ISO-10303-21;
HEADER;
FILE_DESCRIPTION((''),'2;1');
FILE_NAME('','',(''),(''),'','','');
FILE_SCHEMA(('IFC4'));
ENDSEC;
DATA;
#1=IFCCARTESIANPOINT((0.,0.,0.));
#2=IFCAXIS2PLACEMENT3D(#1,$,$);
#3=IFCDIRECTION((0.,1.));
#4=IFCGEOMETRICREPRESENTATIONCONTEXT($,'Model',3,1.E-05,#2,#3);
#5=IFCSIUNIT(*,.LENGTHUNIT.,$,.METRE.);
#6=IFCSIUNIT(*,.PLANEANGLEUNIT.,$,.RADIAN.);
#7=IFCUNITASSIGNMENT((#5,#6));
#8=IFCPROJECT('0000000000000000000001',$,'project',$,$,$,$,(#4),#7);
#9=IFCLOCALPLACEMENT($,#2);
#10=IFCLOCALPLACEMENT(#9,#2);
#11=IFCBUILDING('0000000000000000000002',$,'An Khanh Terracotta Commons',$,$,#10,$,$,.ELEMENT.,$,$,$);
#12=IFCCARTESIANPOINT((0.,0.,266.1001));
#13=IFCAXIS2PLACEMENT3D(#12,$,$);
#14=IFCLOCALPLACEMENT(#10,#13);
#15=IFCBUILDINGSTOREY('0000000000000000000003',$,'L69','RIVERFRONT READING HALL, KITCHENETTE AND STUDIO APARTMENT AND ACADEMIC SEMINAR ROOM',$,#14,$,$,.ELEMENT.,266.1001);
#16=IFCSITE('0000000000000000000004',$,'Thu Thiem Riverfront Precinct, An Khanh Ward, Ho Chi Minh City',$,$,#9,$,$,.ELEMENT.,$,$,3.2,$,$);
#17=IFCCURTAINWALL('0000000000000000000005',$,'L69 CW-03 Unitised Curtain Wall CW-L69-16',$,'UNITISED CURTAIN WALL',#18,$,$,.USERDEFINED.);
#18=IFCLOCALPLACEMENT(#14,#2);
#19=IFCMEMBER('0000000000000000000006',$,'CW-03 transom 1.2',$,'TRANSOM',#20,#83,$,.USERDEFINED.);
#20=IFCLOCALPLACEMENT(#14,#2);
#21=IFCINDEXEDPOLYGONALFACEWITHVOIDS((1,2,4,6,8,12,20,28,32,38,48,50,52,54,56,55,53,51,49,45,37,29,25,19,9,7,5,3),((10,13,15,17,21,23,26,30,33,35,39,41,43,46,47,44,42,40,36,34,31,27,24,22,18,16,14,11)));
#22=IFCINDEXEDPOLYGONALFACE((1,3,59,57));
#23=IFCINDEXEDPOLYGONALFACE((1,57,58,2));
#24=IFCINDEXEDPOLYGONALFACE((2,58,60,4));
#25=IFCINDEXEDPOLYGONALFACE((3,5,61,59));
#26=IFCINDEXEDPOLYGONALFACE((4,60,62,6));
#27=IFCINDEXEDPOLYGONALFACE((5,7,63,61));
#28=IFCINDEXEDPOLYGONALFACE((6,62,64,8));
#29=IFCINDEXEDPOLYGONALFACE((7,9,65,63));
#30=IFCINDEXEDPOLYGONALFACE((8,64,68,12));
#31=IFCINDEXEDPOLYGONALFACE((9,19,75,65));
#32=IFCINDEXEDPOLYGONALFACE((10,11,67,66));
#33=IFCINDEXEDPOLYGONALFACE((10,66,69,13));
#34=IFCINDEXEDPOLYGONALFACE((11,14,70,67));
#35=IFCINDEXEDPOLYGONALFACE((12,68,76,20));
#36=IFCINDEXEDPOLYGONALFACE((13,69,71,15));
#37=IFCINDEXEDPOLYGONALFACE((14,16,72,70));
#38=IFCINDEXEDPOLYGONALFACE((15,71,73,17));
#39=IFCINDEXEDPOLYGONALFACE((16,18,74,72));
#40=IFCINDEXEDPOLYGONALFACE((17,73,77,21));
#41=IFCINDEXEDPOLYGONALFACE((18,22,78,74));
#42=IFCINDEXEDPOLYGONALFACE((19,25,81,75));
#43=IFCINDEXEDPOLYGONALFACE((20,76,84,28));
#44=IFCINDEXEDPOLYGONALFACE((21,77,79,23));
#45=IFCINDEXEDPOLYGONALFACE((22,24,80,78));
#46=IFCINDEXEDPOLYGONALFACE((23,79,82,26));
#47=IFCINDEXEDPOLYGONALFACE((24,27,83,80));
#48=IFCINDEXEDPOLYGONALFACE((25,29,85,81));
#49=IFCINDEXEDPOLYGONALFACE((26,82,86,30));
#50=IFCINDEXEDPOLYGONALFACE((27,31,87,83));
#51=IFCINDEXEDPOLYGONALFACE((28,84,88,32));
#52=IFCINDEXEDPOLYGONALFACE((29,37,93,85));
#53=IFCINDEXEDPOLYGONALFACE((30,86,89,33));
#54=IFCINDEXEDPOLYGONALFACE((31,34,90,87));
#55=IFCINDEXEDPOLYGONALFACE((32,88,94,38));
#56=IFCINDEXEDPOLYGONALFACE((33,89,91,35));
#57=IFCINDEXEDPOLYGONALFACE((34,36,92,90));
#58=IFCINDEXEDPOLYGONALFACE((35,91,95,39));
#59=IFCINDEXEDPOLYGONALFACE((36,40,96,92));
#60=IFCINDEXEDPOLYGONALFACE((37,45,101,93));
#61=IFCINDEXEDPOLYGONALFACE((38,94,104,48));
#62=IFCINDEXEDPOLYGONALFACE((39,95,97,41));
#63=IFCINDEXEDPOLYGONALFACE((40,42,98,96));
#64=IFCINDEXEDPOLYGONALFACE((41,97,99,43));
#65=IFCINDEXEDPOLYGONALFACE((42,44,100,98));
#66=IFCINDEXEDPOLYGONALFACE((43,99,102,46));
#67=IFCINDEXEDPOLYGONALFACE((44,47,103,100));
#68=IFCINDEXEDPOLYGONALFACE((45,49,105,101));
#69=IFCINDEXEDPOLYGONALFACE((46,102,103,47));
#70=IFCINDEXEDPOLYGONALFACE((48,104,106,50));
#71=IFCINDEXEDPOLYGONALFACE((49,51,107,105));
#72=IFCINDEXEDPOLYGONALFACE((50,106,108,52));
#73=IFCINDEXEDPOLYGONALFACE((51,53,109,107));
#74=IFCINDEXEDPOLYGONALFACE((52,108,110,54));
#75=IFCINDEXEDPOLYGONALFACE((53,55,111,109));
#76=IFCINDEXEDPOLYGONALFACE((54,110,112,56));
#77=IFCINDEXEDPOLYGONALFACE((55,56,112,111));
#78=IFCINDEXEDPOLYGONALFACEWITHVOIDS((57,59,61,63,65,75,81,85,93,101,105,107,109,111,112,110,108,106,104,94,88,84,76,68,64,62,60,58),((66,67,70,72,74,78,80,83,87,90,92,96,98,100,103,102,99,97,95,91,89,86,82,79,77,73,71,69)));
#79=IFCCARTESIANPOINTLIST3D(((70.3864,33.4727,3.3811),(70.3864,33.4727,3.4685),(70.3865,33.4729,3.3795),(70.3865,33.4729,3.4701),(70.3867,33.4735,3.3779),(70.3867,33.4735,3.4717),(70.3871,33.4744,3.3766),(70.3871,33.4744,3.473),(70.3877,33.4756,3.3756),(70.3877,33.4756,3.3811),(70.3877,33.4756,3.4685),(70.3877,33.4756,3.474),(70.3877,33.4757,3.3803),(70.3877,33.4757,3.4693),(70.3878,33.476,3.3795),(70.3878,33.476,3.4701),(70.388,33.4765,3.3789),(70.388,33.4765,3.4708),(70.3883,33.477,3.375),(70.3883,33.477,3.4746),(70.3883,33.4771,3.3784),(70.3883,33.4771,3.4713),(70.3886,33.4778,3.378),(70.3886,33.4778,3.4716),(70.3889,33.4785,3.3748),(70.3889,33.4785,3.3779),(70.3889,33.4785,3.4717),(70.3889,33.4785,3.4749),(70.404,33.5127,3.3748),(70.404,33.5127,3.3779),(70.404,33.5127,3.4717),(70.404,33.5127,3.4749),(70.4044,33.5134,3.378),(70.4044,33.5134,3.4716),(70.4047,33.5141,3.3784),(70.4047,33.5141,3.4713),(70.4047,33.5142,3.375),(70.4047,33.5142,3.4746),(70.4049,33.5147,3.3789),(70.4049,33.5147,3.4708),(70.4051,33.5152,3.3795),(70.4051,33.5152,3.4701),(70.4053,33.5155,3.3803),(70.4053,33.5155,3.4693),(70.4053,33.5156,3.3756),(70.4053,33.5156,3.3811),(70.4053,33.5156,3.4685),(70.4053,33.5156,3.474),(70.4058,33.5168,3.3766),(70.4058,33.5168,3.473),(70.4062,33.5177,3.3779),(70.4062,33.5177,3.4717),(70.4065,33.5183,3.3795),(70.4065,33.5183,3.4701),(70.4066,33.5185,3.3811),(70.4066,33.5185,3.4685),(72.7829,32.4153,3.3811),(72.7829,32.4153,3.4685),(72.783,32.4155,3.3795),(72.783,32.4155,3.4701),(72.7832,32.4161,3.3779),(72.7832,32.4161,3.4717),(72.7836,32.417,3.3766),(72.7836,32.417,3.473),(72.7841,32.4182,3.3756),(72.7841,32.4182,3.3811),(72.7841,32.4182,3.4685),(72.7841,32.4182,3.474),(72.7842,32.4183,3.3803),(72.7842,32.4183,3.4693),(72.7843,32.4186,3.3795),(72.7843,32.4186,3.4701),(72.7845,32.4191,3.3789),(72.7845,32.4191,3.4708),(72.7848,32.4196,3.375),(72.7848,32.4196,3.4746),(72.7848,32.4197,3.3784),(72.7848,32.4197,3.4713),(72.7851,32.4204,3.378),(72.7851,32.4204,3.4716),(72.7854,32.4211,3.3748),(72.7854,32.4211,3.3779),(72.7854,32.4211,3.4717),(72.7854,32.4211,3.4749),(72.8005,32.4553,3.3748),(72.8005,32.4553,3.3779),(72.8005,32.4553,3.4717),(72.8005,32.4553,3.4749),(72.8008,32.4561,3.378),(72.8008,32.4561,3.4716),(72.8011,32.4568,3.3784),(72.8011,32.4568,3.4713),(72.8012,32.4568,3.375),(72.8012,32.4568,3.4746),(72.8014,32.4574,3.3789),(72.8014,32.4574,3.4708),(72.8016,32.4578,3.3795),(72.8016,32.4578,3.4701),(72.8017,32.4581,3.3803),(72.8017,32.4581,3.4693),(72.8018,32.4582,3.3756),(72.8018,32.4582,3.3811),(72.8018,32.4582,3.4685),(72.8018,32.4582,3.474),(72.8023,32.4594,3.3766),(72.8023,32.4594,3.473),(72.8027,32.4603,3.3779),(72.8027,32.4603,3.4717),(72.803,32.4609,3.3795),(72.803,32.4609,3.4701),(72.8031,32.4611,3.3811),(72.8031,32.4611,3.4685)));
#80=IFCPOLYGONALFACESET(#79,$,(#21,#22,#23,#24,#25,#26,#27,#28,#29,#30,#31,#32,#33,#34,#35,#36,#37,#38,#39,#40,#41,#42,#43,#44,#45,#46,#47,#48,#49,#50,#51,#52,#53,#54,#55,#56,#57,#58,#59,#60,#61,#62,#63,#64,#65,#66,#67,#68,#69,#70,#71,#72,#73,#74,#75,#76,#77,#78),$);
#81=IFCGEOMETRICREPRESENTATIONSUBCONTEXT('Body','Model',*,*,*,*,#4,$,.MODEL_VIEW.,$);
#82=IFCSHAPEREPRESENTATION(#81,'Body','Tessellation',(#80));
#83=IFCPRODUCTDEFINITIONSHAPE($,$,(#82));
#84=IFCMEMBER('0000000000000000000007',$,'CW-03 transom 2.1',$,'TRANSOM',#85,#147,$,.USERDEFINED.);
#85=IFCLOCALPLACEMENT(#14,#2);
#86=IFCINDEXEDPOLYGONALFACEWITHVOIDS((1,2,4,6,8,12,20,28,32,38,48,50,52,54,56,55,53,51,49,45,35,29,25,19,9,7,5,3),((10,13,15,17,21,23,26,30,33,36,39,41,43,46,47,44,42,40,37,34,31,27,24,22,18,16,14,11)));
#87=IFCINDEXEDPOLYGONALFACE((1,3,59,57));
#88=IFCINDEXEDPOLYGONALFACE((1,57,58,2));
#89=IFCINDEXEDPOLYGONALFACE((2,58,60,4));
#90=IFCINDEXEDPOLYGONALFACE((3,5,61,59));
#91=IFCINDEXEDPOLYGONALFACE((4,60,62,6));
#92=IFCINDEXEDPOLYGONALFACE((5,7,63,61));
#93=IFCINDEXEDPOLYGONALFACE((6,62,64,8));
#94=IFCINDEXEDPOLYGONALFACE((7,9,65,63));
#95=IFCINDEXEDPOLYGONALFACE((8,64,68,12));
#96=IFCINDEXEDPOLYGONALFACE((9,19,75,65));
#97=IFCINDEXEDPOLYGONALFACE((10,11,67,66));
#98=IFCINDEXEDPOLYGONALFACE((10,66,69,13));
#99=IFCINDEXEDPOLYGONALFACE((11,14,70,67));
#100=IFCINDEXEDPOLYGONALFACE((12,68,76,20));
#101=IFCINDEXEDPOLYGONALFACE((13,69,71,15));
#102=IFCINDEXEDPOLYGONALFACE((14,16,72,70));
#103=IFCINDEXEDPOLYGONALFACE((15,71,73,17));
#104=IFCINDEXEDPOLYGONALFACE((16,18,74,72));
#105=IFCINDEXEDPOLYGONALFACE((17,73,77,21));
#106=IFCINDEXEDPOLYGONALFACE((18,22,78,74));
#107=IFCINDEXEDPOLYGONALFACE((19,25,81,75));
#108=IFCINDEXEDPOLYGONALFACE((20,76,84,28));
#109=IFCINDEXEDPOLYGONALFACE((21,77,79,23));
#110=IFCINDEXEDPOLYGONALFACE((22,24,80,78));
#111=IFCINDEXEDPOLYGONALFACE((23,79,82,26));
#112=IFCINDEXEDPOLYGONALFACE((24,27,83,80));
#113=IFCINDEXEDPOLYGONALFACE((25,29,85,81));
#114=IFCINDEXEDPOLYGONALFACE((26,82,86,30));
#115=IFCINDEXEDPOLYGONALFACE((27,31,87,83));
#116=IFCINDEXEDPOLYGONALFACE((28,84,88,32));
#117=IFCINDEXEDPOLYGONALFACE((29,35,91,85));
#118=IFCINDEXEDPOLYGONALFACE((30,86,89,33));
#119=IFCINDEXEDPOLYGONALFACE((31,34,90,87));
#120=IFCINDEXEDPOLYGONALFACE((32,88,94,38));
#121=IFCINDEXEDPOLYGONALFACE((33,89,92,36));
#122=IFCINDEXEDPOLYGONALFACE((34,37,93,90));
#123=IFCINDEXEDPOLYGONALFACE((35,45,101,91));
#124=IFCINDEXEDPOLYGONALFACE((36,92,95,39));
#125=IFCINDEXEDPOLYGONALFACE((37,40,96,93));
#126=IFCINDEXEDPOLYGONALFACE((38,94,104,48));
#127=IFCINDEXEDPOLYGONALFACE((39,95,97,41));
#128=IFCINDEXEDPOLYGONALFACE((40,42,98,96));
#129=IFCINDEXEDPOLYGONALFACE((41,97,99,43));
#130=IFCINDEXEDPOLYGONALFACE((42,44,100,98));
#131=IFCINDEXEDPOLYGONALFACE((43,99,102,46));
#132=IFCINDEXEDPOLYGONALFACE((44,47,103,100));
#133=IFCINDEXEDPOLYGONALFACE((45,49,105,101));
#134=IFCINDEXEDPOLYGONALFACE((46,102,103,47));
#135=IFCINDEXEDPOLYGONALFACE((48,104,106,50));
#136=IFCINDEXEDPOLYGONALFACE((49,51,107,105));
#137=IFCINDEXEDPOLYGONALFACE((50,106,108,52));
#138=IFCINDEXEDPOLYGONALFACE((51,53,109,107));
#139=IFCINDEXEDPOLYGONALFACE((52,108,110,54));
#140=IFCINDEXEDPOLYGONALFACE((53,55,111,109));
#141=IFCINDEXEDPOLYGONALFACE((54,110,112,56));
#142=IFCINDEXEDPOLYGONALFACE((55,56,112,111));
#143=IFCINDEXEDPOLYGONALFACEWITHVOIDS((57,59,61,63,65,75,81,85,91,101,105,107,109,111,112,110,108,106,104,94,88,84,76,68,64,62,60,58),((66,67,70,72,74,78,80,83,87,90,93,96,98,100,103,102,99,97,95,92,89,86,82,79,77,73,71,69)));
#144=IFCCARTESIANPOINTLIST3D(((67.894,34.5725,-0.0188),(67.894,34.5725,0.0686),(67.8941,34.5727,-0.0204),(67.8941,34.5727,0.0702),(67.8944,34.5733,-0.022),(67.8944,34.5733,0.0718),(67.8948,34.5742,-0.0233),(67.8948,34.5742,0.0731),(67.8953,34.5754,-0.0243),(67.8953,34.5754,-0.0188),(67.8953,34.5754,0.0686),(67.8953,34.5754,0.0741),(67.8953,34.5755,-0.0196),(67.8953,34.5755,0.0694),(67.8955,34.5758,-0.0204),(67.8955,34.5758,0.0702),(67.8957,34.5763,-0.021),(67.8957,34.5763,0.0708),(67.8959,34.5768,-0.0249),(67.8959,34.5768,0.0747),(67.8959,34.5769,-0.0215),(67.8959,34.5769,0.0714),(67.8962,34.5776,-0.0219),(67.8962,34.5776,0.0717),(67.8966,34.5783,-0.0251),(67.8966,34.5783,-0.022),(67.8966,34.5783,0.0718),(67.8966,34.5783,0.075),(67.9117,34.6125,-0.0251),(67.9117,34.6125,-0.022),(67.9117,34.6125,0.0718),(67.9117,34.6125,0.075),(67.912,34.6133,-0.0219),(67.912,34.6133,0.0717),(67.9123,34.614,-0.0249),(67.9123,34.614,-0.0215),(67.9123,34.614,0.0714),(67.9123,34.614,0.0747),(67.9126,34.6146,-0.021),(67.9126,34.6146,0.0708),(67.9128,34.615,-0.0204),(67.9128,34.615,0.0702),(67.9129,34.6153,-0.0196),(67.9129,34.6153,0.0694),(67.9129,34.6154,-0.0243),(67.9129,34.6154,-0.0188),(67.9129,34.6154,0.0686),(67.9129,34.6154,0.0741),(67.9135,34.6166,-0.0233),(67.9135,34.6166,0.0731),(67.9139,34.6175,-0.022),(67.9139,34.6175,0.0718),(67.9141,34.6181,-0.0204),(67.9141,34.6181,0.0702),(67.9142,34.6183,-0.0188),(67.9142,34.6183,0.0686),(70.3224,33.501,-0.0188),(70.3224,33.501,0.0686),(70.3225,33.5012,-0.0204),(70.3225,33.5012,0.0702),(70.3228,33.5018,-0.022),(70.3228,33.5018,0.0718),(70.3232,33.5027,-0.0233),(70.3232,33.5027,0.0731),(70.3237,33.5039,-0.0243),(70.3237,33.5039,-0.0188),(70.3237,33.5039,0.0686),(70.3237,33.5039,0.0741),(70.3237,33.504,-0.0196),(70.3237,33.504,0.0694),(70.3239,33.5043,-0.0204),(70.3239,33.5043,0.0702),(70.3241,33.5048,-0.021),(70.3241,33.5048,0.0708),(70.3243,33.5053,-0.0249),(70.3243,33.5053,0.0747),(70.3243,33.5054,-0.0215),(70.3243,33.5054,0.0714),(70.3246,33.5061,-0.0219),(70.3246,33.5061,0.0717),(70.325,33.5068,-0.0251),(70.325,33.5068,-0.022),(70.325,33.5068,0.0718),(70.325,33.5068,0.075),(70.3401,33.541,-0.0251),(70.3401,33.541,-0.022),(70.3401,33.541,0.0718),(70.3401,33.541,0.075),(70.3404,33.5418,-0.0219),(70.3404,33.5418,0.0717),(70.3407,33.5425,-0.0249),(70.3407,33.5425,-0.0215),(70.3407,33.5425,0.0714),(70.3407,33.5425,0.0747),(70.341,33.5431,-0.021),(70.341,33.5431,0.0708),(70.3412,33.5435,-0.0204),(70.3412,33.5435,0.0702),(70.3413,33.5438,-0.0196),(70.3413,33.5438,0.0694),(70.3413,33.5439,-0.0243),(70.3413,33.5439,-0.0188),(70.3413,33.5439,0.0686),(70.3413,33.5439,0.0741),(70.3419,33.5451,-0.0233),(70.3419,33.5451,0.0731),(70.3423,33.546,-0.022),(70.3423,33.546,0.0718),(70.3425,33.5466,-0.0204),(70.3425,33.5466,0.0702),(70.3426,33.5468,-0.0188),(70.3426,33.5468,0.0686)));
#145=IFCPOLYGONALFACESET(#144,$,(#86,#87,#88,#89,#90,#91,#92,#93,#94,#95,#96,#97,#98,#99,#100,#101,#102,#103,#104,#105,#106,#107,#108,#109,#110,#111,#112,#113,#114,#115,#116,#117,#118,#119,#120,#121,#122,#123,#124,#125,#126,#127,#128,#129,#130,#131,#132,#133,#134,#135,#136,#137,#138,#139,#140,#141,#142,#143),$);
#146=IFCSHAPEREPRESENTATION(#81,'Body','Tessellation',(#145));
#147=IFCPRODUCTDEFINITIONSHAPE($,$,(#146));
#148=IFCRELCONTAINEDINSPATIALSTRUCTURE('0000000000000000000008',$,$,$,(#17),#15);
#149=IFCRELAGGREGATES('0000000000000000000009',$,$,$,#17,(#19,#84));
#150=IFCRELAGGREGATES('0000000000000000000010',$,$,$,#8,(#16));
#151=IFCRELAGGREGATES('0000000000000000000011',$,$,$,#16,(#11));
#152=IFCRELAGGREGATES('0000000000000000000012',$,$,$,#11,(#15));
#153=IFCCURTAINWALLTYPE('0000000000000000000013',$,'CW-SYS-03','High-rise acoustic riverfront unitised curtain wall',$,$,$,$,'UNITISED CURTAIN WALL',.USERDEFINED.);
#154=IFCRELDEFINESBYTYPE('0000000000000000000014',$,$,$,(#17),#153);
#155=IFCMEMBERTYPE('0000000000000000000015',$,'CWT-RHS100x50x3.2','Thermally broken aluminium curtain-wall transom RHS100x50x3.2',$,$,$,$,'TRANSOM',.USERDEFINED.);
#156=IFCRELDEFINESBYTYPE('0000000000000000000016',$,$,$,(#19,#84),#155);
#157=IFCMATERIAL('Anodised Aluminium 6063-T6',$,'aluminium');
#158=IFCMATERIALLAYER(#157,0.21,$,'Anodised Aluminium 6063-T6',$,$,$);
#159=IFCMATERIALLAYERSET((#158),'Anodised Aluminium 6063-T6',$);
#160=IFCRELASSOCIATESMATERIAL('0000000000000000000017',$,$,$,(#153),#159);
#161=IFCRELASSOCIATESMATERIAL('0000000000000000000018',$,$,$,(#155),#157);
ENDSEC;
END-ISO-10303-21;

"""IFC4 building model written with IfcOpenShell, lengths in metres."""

from ifc_helpers import new_model, si_unit, direction, frame, origin, origin_2d, place, context, subcontext, project, spatial, hollow_rectangle, extrude, material, layer, layer_set, material_profile, profile_set, type_object, element, aggregate, save


model = new_model("IFC4")

# Units and contexts
model_context = context("Model", 3, precision=1e-05, world=origin(), true_north=direction((0.0, 1.0)))
body_context = subcontext(model_context, "Body", "Model", "MODEL_VIEW")
ifc_project = project(units=[si_unit("LENGTHUNIT", "METRE"), si_unit("PLANEANGLEUNIT", "RADIAN")], contexts=[model_context])

# Site, building, storey
site_placement = place(None, origin())
site = spatial("IfcSite", under=ifc_project, at=site_placement, Name="Thu Thiem Riverfront Precinct, An Khanh Ward, Ho Chi Minh City", CompositionType="ELEMENT", RefElevation=3.2)
building_placement = place(site_placement, origin())
building = spatial("IfcBuilding", under=site, at=building_placement, Name="An Khanh Terracotta Commons", CompositionType="ELEMENT")
storey_placement = place(building_placement, frame((0.0, 0.0, 266.1001)))
storey = spatial("IfcBuildingStorey", under=building, at=storey_placement, Name="L69", Description="RIVERFRONT READING HALL, KITCHENETTE AND STUDIO APARTMENT AND ACADEMIC SEMINAR ROOM", CompositionType="ELEMENT", Elevation=266.1001)

# Shared definitions
ifc_material_1 = material(Name="Anodised Aluminium 6063-T6", Category="aluminium")

# Curtain wall, members
ifc_layer_1 = layer(ifc_material_1, 0.21, Name="Anodised Aluminium 6063-T6")
ifc_layer_set_1 = layer_set([ifc_layer_1], Name="Anodised Aluminium 6063-T6")
curtain_wall_type_1 = type_object("IfcCurtainWallType", Name="CW-SYS-03", Description="High-rise acoustic riverfront unitised curtain wall", ElementType="UNITISED CURTAIN WALL", PredefinedType="USERDEFINED", material=ifc_layer_set_1)
curtain_wall_1_placement = place(storey_placement, origin())
curtain_wall_1 = element("IfcCurtainWall", 1, at=curtain_wall_1_placement, inside=storey, type_object=curtain_wall_type_1, Name="L69 CW-03 Unitised Curtain Wall CW-L69-16", ObjectType="UNITISED CURTAIN WALL", PredefinedType="USERDEFINED")
ifc_material_profile_1 = material_profile(ifc_material_1, hollow_rectangle(XDim=0.05, YDim=0.1001, WallThickness=0.0032, InnerFilletRadius=0.0032, OuterFilletRadius=0.0063, at=origin_2d()), Name="RHS100x50x3.2")
ifc_profile_set_1 = profile_set([ifc_material_profile_1], Name="Anodised Aluminium 6063-T6")
member_type_1 = type_object("IfcMemberType", Name="CWT-RHS100x50x3.2", Description="Thermally broken aluminium curtain-wall transom RHS100x50x3.2", ElementType="TRANSOM", PredefinedType="USERDEFINED", material=ifc_profile_set_1)
member_1_placement = place(storey_placement, frame((72.793, 32.4382, 3.4248), z_axis=(-0.914904, 0.403672, 0.0), x_axis=(-0.403672, -0.914904, 0.0)))
member_1 = element("IfcMember", 2, at=member_1_placement, type_object=member_type_1, Name="CW-03 transom 1.2", ObjectType="TRANSOM", PredefinedType="USERDEFINED", context=body_context, shape_type="SweptSolid", body=[
    extrude(hollow_rectangle(XDim=0.05, YDim=0.1001, WallThickness=0.0032, InnerFilletRadius=0.0032, OuterFilletRadius=0.0063, at=origin_2d()), origin(), (0.0, 0.0, 1.0), 2.6194),
])
member_2_placement = place(storey_placement, frame((70.3325, 33.5239, 0.0249), z_axis=(-0.914897, 0.403688, 0.0), x_axis=(-0.403688, -0.914897, 0.0)))
member_2 = element("IfcMember", 3, at=member_2_placement, type_object=member_type_1, Name="CW-03 transom 2.1", ObjectType="TRANSOM", PredefinedType="USERDEFINED", context=body_context, shape_type="SweptSolid", body=[
    extrude(hollow_rectangle(XDim=0.05, YDim=0.1001, WallThickness=0.0032, InnerFilletRadius=0.0032, OuterFilletRadius=0.0063, at=origin_2d()), origin(), (0.0, 0.0, 1.0), 2.6543),
])

aggregate(curtain_wall_1, [member_1, member_2])

save(model, "model.ifc")
